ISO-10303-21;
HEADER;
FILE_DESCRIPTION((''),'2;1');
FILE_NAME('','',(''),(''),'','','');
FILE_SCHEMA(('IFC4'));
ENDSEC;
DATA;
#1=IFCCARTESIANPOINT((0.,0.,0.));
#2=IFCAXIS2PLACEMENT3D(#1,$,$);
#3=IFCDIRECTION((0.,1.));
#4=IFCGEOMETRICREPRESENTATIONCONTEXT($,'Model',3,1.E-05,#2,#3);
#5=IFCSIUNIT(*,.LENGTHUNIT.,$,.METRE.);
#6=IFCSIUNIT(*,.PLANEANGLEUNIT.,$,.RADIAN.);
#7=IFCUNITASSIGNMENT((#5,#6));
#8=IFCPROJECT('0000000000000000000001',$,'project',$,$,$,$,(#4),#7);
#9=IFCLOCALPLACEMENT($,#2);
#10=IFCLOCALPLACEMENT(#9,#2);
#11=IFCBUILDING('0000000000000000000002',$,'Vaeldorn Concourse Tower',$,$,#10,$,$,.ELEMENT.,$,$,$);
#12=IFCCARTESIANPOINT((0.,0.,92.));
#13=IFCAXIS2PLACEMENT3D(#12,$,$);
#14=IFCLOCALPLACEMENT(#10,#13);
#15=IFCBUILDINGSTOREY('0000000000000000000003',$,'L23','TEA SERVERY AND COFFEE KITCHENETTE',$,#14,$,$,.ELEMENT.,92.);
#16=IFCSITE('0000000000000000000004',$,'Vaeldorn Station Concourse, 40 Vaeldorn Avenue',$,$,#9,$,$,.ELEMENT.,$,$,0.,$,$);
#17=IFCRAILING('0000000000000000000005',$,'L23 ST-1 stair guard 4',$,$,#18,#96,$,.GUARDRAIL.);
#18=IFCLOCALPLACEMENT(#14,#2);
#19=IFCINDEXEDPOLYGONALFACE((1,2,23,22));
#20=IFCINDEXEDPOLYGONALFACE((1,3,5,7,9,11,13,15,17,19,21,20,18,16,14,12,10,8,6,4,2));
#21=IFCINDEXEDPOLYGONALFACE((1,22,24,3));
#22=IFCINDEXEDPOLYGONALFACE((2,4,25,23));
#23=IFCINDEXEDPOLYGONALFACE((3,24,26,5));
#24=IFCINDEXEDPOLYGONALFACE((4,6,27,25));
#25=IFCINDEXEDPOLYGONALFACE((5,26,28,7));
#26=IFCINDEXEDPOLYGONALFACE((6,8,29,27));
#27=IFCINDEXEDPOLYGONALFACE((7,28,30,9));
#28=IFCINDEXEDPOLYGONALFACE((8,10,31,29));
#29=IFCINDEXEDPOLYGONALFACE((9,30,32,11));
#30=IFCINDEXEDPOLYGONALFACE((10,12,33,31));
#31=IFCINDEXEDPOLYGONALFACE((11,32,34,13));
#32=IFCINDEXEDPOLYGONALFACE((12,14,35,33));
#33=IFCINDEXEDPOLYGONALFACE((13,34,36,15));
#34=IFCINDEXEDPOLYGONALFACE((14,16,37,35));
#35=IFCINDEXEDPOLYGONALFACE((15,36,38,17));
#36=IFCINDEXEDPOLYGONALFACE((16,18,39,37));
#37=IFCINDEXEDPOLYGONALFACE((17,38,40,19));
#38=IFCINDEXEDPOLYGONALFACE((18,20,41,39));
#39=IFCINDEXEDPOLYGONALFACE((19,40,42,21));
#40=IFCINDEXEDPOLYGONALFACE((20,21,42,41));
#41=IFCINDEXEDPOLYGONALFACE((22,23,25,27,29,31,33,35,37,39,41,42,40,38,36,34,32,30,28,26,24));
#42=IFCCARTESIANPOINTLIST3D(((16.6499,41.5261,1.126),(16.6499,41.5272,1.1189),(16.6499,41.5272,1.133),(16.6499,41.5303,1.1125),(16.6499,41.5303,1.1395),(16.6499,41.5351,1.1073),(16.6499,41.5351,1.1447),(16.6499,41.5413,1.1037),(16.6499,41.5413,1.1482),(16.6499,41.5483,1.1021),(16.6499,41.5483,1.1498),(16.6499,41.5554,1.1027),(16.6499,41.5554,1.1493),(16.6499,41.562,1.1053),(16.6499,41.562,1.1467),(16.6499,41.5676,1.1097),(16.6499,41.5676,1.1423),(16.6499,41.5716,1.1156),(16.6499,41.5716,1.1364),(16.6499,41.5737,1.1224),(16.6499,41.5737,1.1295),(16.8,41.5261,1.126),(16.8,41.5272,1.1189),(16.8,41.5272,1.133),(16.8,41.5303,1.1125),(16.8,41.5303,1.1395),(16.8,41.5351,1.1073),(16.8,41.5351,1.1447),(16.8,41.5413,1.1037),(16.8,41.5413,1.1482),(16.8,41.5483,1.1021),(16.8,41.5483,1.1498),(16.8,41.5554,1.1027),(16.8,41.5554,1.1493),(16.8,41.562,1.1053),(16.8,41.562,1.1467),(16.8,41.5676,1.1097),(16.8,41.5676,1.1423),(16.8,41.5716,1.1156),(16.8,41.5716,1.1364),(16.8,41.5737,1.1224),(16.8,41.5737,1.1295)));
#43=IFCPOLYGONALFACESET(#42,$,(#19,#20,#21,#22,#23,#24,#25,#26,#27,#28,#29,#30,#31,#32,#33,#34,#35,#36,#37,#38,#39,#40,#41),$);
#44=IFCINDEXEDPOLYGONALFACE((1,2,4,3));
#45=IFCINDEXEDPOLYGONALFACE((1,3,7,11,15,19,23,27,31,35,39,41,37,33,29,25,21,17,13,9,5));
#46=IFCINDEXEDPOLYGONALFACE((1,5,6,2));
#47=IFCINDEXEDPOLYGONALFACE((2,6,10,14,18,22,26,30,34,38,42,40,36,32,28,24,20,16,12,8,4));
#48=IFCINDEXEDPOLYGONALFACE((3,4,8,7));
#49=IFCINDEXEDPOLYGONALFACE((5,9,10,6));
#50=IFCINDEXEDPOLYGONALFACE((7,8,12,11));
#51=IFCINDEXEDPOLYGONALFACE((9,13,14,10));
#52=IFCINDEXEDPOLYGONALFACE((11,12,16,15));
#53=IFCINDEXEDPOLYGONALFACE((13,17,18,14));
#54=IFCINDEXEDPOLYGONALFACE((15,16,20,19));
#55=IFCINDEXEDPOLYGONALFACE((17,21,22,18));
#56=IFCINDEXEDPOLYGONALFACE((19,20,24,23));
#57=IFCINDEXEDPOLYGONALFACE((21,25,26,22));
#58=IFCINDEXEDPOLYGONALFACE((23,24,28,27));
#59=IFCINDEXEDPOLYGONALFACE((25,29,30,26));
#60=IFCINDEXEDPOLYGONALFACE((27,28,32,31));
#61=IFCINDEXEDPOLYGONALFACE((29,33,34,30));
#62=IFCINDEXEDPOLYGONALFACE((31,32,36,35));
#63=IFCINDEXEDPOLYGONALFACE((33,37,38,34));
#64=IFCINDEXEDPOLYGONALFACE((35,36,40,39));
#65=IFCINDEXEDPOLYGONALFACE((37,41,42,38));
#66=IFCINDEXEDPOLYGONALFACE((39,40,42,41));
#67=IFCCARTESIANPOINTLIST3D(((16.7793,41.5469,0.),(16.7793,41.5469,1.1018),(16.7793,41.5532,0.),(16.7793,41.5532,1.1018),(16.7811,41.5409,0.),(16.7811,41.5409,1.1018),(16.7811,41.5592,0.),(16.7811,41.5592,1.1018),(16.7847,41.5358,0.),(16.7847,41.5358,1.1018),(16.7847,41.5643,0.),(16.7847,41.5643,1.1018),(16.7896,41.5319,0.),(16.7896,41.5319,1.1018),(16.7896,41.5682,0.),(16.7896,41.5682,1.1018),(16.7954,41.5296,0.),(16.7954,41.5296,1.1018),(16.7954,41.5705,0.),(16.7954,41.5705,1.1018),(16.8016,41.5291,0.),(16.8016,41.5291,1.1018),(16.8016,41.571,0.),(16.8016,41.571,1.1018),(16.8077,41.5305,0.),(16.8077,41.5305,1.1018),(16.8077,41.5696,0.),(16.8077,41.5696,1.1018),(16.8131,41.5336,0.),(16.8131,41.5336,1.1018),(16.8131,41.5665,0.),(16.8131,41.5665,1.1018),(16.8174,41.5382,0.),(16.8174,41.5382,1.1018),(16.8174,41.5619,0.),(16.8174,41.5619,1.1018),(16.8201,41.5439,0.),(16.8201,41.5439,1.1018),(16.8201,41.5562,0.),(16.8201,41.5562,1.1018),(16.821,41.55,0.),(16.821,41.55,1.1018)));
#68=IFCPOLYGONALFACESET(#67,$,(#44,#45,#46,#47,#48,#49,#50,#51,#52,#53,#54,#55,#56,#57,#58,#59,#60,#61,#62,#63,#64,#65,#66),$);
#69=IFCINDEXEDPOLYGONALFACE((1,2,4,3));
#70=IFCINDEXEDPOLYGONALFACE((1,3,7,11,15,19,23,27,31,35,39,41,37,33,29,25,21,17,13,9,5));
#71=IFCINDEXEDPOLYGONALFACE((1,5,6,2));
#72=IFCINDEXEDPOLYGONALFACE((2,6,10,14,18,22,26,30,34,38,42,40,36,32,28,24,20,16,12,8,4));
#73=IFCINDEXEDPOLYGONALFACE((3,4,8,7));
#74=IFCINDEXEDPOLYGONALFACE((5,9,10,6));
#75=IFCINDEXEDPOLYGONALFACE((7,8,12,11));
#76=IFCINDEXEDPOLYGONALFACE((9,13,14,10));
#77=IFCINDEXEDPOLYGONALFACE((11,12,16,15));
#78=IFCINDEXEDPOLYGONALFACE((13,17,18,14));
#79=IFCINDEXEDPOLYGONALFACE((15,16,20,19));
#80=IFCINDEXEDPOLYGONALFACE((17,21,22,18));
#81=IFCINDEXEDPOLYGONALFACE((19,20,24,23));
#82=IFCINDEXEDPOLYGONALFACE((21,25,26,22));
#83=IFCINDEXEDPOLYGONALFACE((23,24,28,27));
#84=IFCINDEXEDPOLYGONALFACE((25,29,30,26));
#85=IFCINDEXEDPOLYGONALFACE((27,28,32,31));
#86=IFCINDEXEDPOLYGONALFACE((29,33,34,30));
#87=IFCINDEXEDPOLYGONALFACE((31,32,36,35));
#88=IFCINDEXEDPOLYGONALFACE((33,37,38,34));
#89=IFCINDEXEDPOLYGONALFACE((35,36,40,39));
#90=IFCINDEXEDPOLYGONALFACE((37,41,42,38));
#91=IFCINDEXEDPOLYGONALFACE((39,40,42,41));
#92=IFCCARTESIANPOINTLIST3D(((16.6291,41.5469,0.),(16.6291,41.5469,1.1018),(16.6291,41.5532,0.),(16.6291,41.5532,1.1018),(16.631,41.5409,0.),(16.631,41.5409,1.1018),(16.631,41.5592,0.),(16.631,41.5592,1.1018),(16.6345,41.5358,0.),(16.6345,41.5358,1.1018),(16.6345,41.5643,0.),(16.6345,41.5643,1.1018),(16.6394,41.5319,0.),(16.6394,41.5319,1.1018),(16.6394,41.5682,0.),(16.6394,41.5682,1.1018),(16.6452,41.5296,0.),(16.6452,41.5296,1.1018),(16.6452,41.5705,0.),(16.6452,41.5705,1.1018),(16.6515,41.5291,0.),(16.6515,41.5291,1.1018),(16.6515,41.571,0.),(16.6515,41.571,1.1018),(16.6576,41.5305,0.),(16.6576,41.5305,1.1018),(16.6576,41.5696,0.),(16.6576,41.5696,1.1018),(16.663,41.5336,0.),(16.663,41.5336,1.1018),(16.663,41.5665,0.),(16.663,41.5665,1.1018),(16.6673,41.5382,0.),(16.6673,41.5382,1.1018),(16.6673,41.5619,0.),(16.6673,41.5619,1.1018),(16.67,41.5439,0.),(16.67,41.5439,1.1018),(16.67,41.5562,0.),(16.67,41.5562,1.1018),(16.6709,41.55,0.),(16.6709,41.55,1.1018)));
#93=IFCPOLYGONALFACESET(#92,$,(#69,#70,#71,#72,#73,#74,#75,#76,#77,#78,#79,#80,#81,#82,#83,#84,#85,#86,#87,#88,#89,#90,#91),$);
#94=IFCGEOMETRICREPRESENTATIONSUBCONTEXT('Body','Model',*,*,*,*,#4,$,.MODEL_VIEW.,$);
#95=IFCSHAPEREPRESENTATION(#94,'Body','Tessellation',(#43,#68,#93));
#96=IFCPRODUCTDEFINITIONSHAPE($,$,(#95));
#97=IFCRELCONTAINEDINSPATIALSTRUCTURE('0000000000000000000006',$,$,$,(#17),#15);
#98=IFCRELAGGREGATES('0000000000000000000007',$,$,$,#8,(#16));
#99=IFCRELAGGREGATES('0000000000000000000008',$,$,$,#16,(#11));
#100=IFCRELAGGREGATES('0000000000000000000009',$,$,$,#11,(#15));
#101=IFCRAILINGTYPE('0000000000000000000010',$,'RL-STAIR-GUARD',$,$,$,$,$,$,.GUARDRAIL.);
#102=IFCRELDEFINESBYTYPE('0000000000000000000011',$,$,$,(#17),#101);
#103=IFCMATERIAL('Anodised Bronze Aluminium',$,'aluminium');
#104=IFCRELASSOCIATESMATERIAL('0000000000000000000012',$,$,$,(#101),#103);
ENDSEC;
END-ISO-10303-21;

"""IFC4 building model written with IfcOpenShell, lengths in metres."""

from ifc_helpers import new_model, si_unit, direction, frame, origin, origin_2d, place, context, subcontext, project, spatial, circle, extrude, material, type_object, element, save


model = new_model("IFC4")

# Units and contexts
model_context = context("Model", 3, precision=1e-05, world=origin(), true_north=direction((0.0, 1.0)))
body_context = subcontext(model_context, "Body", "Model", "MODEL_VIEW")
ifc_project = project(units=[si_unit("LENGTHUNIT", "METRE"), si_unit("PLANEANGLEUNIT", "RADIAN")], contexts=[model_context])

# Site, building, storey
site_placement = place(None, origin())
site = spatial("IfcSite", under=ifc_project, at=site_placement, Name="Vaeldorn Station Concourse, 40 Vaeldorn Avenue", CompositionType="ELEMENT", RefElevation=0.0)
building_placement = place(site_placement, origin())
building = spatial("IfcBuilding", under=site, at=building_placement, Name="Vaeldorn Concourse Tower", CompositionType="ELEMENT")
storey_placement = place(building_placement, frame((0.0, 0.0, 92.0)))
storey = spatial("IfcBuildingStorey", under=building, at=storey_placement, Name="L23", Description="TEA SERVERY AND COFFEE KITCHENETTE", CompositionType="ELEMENT", Elevation=92.0)

# Shared definitions
ifc_material_1 = material(Name="Anodised Bronze Aluminium", Category="aluminium")

# Railing
railing_type = type_object("IfcRailingType", Name="RL-STAIR-GUARD", PredefinedType="GUARDRAIL", material=ifc_material_1)
railing_1_placement = place(storey_placement, frame((16.8, 41.55, 0.0)))
element("IfcRailing", 1, at=railing_1_placement, inside=storey, type_object=railing_type, Name="L23 ST-1 stair guard 4", PredefinedType="GUARDRAIL", context=body_context, shape_type="SweptSolid", body=[
    extrude(circle(Radius=0.0239, at=origin_2d()), frame((0.0, 0.0, 1.126), z_axis=(-1.0, 0.0, 0.0), x_axis=(0.0, -1.0, 0.0)), (0.0, 0.0, 1.0), 0.1501),
    extrude(circle(Radius=0.021, at=origin_2d()), origin(), (0.0, 0.0, 1.0), 1.1018),
    extrude(circle(Radius=0.021, at=origin_2d()), frame((-0.1501, 0.0, 0.0)), (0.0, 0.0, 1.0), 1.1018),
])

save(model, "model.ifc")
